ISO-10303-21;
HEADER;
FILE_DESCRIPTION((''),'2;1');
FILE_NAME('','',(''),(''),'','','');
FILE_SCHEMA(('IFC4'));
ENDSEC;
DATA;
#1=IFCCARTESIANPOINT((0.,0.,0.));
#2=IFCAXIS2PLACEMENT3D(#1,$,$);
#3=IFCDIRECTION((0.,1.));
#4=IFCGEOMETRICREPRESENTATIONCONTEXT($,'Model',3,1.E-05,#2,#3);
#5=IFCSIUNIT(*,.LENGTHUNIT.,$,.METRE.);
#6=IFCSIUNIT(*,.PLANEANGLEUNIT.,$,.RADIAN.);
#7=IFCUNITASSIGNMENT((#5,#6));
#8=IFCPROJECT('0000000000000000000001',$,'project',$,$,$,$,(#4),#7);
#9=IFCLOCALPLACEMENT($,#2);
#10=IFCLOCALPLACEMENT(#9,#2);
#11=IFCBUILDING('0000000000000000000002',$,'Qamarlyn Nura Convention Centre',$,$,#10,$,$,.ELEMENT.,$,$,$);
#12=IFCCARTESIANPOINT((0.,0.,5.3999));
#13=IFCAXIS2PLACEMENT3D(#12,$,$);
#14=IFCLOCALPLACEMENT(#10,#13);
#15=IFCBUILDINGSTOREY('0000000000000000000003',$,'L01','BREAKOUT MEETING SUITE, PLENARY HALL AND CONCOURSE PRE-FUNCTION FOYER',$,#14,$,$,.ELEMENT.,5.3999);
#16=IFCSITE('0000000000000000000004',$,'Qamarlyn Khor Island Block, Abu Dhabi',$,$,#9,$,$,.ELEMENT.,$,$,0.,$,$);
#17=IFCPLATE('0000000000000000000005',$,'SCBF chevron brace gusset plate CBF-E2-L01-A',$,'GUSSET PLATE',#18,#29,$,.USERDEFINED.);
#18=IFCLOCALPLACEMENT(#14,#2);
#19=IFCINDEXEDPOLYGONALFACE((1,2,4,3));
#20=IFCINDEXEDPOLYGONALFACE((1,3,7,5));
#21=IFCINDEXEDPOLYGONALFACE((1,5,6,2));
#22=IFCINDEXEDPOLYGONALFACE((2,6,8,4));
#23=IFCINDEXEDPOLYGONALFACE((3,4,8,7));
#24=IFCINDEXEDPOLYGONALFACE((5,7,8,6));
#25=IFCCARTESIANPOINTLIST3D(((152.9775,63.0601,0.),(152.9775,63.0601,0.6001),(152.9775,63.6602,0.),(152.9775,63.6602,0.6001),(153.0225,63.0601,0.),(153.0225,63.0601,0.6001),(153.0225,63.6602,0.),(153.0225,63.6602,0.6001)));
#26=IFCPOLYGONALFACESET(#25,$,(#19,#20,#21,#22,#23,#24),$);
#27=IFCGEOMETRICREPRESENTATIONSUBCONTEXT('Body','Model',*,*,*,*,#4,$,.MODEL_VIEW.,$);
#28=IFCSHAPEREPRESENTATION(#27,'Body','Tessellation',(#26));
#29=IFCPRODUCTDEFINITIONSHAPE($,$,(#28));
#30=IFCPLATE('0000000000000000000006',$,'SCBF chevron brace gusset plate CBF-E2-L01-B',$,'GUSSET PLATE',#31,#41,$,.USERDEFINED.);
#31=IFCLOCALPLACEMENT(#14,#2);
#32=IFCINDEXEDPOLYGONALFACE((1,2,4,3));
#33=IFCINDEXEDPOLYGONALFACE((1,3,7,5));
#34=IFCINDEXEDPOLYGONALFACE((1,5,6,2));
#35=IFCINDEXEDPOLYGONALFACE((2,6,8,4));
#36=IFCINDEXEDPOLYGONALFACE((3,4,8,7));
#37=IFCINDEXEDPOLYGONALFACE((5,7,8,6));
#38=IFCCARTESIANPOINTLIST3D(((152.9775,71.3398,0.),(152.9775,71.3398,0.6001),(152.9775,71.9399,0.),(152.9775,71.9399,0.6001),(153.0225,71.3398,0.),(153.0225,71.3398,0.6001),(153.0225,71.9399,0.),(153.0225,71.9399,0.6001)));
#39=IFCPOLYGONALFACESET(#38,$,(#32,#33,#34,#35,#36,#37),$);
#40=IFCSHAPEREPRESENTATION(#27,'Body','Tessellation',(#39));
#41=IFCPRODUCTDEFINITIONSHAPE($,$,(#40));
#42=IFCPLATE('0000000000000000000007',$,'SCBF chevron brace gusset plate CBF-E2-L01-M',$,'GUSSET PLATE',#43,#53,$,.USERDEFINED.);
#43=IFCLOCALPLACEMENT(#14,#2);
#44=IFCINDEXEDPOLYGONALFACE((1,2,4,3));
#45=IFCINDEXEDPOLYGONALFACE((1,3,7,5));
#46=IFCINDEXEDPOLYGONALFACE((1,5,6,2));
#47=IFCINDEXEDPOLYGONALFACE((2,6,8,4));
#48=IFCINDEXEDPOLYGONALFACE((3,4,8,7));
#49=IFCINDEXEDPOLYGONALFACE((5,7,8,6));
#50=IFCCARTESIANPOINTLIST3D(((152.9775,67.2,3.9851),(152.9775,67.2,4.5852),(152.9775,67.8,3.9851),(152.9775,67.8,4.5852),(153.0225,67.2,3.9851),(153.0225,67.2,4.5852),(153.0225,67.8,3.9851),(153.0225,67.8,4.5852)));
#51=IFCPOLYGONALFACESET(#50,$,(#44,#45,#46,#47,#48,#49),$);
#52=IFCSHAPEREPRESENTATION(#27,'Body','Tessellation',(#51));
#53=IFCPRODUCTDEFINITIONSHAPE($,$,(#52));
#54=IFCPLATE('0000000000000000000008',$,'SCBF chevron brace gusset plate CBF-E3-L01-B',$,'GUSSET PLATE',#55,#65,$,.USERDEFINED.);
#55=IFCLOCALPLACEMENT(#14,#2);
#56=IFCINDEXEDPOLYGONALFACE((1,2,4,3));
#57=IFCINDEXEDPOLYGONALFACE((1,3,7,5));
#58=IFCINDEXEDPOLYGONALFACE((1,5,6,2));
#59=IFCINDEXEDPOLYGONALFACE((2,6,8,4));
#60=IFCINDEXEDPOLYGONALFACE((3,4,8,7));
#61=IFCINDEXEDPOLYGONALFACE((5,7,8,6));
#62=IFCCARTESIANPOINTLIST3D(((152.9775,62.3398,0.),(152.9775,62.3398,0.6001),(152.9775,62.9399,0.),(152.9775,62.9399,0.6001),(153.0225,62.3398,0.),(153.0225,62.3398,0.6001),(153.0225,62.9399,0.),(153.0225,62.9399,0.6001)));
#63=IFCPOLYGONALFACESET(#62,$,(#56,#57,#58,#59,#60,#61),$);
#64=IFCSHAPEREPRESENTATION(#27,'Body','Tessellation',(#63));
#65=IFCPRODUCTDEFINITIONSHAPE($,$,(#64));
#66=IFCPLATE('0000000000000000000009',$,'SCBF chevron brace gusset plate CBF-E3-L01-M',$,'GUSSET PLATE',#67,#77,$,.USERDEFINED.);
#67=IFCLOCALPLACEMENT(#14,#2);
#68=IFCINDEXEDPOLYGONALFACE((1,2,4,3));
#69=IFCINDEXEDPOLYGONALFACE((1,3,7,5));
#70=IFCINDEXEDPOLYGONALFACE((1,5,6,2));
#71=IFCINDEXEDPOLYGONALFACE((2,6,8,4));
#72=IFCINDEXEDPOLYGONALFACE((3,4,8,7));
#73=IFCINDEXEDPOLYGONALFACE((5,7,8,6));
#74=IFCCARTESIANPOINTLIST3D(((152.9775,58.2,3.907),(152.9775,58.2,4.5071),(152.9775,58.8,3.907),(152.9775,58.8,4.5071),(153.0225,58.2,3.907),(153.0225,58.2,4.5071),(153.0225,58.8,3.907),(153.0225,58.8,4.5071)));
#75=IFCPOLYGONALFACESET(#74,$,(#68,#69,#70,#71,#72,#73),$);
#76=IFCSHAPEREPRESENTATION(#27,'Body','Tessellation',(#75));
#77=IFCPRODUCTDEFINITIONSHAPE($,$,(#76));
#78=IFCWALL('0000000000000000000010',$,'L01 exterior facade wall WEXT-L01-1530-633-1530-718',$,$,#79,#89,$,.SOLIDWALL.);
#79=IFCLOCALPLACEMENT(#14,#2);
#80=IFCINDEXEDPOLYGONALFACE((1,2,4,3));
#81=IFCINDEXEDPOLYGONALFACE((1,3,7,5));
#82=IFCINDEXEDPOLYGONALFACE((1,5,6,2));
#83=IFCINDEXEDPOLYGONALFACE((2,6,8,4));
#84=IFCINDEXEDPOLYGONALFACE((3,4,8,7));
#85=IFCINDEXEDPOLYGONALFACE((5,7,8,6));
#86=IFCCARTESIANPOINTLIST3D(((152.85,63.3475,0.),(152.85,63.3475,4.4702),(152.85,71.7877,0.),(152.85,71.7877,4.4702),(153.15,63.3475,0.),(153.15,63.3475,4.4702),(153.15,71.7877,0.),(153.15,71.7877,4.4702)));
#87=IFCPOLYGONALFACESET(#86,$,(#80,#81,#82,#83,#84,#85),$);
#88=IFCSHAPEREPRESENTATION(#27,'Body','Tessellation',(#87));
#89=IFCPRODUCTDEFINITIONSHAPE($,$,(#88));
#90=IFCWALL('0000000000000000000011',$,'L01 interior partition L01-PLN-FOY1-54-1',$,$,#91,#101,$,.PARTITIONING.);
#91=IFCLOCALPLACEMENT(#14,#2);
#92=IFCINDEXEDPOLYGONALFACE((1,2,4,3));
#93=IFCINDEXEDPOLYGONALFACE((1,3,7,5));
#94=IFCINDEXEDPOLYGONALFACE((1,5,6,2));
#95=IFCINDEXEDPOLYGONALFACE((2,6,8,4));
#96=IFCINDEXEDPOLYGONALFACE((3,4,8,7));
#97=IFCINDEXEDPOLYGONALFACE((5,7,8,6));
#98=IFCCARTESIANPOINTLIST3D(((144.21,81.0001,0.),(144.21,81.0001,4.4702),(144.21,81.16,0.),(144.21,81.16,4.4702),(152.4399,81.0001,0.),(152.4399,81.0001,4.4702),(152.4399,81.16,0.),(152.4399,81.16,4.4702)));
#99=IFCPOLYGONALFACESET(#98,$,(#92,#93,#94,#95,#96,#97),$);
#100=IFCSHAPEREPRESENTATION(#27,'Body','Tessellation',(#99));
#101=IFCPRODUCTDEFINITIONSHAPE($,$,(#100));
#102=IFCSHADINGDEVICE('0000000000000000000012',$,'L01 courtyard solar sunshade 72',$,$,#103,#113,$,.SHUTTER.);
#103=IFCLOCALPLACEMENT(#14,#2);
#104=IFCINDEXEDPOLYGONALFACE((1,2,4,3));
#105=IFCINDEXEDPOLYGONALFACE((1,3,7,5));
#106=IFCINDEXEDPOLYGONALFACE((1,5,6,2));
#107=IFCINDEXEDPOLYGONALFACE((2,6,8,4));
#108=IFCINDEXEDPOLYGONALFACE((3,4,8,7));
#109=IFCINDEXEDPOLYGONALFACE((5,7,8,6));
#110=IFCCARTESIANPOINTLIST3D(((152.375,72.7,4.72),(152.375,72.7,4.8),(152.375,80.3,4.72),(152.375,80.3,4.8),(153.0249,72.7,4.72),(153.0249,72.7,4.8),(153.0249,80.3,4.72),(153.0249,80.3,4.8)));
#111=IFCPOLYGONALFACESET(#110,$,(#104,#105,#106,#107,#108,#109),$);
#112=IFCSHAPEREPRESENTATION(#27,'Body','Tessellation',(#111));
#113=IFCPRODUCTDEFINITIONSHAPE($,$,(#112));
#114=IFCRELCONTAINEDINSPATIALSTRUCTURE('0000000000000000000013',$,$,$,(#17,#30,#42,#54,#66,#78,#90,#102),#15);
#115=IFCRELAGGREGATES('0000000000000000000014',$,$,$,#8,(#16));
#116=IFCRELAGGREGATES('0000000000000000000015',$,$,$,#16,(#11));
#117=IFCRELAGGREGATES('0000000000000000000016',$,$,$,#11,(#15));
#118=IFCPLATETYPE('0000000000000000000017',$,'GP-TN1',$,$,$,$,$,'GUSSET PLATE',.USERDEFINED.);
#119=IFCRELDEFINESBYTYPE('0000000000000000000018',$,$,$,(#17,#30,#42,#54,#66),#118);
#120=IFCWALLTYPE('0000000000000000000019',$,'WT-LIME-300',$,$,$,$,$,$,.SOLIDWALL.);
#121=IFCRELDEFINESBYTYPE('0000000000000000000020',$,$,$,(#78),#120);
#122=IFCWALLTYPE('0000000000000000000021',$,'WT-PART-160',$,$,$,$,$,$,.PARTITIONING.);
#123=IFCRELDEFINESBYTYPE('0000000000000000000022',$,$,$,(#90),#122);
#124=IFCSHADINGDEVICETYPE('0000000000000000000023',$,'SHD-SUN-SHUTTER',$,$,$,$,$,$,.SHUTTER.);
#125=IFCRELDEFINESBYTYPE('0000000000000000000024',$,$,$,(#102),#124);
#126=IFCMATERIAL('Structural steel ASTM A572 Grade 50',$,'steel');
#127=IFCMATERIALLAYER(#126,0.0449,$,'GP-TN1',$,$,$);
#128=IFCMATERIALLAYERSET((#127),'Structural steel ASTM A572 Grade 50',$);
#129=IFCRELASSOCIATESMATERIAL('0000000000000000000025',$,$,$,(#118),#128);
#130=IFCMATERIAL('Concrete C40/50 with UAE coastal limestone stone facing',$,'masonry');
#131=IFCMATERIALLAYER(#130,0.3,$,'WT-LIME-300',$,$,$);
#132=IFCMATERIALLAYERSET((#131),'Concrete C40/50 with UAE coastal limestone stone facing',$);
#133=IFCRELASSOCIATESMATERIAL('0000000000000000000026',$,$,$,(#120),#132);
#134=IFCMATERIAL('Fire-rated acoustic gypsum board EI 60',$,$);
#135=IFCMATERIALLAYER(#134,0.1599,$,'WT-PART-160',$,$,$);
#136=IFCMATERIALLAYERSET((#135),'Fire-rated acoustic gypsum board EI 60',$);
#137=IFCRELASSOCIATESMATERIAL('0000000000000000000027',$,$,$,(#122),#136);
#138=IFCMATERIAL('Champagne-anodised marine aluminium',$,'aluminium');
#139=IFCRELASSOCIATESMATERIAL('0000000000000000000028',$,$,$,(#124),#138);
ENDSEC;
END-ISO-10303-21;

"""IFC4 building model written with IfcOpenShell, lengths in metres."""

from ifc_helpers import new_model, si_unit, direction, frame, frame_2d, origin, origin_2d, place, context, subcontext, project, spatial, rectangle, extrude, material, layer, layer_set, type_object, element, save


model = new_model("IFC4")

# Units and contexts
model_context = context("Model", 3, precision=1e-05, world=origin(), true_north=direction((0.0, 1.0)))
body_context = subcontext(model_context, "Body", "Model", "MODEL_VIEW")
ifc_project = project(units=[si_unit("LENGTHUNIT", "METRE"), si_unit("PLANEANGLEUNIT", "RADIAN")], contexts=[model_context])

# Site, building, storey
site_placement = place(None, origin())
site = spatial("IfcSite", under=ifc_project, at=site_placement, Name="Qamarlyn Khor Island Block, Abu Dhabi", CompositionType="ELEMENT", RefElevation=0.0)
building_placement = place(site_placement, origin())
building = spatial("IfcBuilding", under=site, at=building_placement, Name="Qamarlyn Nura Convention Centre", CompositionType="ELEMENT")
storey_placement = place(building_placement, frame((0.0, 0.0, 5.3999)))
storey = spatial("IfcBuildingStorey", under=building, at=storey_placement, Name="L01", Description="BREAKOUT MEETING SUITE, PLENARY HALL AND CONCOURSE PRE-FUNCTION FOYER", CompositionType="ELEMENT", Elevation=5.3999)

# Shared definitions
ifc_material_1 = material(Name="Champagne-anodised marine aluminium", Category="aluminium")

# Plates
ifc_material_2 = material(Name="Structural steel ASTM A572 Grade 50", Category="steel")
ifc_layer_1 = layer(ifc_material_2, 0.0449, Name="GP-TN1")
ifc_layer_set_1 = layer_set([ifc_layer_1], Name="Structural steel ASTM A572 Grade 50")
plate_type_1 = type_object("IfcPlateType", Name="GP-TN1", ElementType="GUSSET PLATE", PredefinedType="USERDEFINED", material=ifc_layer_set_1)
for number, where, z_axis, x_axis, name in (
    (1, (153.0, 63.3601, 0.0), (0.0, 0.0, 1.0), (0.0, 1.0, 0.0), "SCBF chevron brace gusset plate CBF-E2-L01-A"),
    (2, (153.0, 71.6399, 0.0), (0.0, 0.0, 1.0), (0.0, 1.0, 0.0), "SCBF chevron brace gusset plate CBF-E2-L01-B"),
    (3, (153.0, 67.5, 3.9851), (0.0, 0.0, 1.0), (0.0, 1.0, 0.0), "SCBF chevron brace gusset plate CBF-E2-L01-M"),
    (4, (153.0, 62.6399, 0.0), (0.0, 0.0, 1.0), (0.0, 1.0, 0.0), "SCBF chevron brace gusset plate CBF-E3-L01-B"),
    (5, (153.0, 58.5, 3.907), (0.0, 0.0, 1.0), (0.0, 1.0, 0.0), "SCBF chevron brace gusset plate CBF-E3-L01-M"),
):
    element("IfcPlate", number, at=place(storey_placement, frame(where, z_axis=z_axis, x_axis=x_axis)), inside=storey, type_object=plate_type_1, Name=name, ObjectType="GUSSET PLATE", PredefinedType="USERDEFINED", context=body_context, shape_type="SweptSolid", body=[
        extrude(rectangle(XDim=0.6001, YDim=0.0449, at=origin_2d()), origin(), (0.0, 0.0, 1.0), 0.6001),
    ])

# Walls
ifc_material_3 = material(Name="Concrete C40/50 with UAE coastal limestone stone facing", Category="masonry")
ifc_layer_2 = layer(ifc_material_3, 0.3, Name="WT-LIME-300")
ifc_layer_set_2 = layer_set([ifc_layer_2], Name="Concrete C40/50 with UAE coastal limestone stone facing")
wall_type_1 = type_object("IfcWallType", Name="WT-LIME-300", PredefinedType="SOLIDWALL", material=ifc_layer_set_2)
wall_1_placement = place(storey_placement, frame((153.0, 63.3474, 0.0), z_axis=(0.0, 0.0, 1.0), x_axis=(0.0, 1.0, 0.0)))
element("IfcWall", 6, at=wall_1_placement, inside=storey, type_object=wall_type_1, Name="L01 exterior facade wall WEXT-L01-1530-633-1530-718", PredefinedType="SOLIDWALL", context=body_context, shape_type="SweptSolid", body=[
    extrude(rectangle(XDim=8.4402, YDim=0.3, at=frame_2d((4.2202, 0.0))), origin(), (0.0, 0.0, 1.0), 4.4702),
])
ifc_material_4 = material(Name="Fire-rated acoustic gypsum board EI 60")
ifc_layer_3 = layer(ifc_material_4, 0.1599, Name="WT-PART-160")
ifc_layer_set_3 = layer_set([ifc_layer_3], Name="Fire-rated acoustic gypsum board EI 60")
wall_type_2 = type_object("IfcWallType", Name="WT-PART-160", PredefinedType="PARTITIONING", material=ifc_layer_set_3)
wall_2_placement = place(storey_placement, frame((152.4399, 81.0801, 0.0), z_axis=(0.0, 0.0, 1.0), x_axis=(-1.0, 0.0, 0.0)))
element("IfcWall", 7, at=wall_2_placement, inside=storey, type_object=wall_type_2, Name="L01 interior partition L01-PLN-FOY1-54-1", PredefinedType="PARTITIONING", context=body_context, shape_type="SweptSolid", body=[
    extrude(rectangle(XDim=8.23, YDim=0.1599, at=frame_2d((4.115, 0.0))), origin(), (0.0, 0.0, 1.0), 4.4702),
])

# Shading device
shading_device_type = type_object("IfcShadingDeviceType", Name="SHD-SUN-SHUTTER", PredefinedType="SHUTTER", material=ifc_material_1)
shading_device_placement = place(storey_placement, frame((152.7, 76.5, 4.72), z_axis=(0.0, 0.0, 1.0), x_axis=(1.0, 0.0, 0.0)))
element("IfcShadingDevice", 8, at=shading_device_placement, inside=storey, type_object=shading_device_type, Name="L01 courtyard solar sunshade 72", PredefinedType="SHUTTER", context=body_context, shape_type="SweptSolid", body=[
    extrude(rectangle(XDim=0.6499, YDim=7.6001, at=origin_2d()), origin(), (0.0, 0.0, 1.0), 0.0801),
])

save(model, "model.ifc")
